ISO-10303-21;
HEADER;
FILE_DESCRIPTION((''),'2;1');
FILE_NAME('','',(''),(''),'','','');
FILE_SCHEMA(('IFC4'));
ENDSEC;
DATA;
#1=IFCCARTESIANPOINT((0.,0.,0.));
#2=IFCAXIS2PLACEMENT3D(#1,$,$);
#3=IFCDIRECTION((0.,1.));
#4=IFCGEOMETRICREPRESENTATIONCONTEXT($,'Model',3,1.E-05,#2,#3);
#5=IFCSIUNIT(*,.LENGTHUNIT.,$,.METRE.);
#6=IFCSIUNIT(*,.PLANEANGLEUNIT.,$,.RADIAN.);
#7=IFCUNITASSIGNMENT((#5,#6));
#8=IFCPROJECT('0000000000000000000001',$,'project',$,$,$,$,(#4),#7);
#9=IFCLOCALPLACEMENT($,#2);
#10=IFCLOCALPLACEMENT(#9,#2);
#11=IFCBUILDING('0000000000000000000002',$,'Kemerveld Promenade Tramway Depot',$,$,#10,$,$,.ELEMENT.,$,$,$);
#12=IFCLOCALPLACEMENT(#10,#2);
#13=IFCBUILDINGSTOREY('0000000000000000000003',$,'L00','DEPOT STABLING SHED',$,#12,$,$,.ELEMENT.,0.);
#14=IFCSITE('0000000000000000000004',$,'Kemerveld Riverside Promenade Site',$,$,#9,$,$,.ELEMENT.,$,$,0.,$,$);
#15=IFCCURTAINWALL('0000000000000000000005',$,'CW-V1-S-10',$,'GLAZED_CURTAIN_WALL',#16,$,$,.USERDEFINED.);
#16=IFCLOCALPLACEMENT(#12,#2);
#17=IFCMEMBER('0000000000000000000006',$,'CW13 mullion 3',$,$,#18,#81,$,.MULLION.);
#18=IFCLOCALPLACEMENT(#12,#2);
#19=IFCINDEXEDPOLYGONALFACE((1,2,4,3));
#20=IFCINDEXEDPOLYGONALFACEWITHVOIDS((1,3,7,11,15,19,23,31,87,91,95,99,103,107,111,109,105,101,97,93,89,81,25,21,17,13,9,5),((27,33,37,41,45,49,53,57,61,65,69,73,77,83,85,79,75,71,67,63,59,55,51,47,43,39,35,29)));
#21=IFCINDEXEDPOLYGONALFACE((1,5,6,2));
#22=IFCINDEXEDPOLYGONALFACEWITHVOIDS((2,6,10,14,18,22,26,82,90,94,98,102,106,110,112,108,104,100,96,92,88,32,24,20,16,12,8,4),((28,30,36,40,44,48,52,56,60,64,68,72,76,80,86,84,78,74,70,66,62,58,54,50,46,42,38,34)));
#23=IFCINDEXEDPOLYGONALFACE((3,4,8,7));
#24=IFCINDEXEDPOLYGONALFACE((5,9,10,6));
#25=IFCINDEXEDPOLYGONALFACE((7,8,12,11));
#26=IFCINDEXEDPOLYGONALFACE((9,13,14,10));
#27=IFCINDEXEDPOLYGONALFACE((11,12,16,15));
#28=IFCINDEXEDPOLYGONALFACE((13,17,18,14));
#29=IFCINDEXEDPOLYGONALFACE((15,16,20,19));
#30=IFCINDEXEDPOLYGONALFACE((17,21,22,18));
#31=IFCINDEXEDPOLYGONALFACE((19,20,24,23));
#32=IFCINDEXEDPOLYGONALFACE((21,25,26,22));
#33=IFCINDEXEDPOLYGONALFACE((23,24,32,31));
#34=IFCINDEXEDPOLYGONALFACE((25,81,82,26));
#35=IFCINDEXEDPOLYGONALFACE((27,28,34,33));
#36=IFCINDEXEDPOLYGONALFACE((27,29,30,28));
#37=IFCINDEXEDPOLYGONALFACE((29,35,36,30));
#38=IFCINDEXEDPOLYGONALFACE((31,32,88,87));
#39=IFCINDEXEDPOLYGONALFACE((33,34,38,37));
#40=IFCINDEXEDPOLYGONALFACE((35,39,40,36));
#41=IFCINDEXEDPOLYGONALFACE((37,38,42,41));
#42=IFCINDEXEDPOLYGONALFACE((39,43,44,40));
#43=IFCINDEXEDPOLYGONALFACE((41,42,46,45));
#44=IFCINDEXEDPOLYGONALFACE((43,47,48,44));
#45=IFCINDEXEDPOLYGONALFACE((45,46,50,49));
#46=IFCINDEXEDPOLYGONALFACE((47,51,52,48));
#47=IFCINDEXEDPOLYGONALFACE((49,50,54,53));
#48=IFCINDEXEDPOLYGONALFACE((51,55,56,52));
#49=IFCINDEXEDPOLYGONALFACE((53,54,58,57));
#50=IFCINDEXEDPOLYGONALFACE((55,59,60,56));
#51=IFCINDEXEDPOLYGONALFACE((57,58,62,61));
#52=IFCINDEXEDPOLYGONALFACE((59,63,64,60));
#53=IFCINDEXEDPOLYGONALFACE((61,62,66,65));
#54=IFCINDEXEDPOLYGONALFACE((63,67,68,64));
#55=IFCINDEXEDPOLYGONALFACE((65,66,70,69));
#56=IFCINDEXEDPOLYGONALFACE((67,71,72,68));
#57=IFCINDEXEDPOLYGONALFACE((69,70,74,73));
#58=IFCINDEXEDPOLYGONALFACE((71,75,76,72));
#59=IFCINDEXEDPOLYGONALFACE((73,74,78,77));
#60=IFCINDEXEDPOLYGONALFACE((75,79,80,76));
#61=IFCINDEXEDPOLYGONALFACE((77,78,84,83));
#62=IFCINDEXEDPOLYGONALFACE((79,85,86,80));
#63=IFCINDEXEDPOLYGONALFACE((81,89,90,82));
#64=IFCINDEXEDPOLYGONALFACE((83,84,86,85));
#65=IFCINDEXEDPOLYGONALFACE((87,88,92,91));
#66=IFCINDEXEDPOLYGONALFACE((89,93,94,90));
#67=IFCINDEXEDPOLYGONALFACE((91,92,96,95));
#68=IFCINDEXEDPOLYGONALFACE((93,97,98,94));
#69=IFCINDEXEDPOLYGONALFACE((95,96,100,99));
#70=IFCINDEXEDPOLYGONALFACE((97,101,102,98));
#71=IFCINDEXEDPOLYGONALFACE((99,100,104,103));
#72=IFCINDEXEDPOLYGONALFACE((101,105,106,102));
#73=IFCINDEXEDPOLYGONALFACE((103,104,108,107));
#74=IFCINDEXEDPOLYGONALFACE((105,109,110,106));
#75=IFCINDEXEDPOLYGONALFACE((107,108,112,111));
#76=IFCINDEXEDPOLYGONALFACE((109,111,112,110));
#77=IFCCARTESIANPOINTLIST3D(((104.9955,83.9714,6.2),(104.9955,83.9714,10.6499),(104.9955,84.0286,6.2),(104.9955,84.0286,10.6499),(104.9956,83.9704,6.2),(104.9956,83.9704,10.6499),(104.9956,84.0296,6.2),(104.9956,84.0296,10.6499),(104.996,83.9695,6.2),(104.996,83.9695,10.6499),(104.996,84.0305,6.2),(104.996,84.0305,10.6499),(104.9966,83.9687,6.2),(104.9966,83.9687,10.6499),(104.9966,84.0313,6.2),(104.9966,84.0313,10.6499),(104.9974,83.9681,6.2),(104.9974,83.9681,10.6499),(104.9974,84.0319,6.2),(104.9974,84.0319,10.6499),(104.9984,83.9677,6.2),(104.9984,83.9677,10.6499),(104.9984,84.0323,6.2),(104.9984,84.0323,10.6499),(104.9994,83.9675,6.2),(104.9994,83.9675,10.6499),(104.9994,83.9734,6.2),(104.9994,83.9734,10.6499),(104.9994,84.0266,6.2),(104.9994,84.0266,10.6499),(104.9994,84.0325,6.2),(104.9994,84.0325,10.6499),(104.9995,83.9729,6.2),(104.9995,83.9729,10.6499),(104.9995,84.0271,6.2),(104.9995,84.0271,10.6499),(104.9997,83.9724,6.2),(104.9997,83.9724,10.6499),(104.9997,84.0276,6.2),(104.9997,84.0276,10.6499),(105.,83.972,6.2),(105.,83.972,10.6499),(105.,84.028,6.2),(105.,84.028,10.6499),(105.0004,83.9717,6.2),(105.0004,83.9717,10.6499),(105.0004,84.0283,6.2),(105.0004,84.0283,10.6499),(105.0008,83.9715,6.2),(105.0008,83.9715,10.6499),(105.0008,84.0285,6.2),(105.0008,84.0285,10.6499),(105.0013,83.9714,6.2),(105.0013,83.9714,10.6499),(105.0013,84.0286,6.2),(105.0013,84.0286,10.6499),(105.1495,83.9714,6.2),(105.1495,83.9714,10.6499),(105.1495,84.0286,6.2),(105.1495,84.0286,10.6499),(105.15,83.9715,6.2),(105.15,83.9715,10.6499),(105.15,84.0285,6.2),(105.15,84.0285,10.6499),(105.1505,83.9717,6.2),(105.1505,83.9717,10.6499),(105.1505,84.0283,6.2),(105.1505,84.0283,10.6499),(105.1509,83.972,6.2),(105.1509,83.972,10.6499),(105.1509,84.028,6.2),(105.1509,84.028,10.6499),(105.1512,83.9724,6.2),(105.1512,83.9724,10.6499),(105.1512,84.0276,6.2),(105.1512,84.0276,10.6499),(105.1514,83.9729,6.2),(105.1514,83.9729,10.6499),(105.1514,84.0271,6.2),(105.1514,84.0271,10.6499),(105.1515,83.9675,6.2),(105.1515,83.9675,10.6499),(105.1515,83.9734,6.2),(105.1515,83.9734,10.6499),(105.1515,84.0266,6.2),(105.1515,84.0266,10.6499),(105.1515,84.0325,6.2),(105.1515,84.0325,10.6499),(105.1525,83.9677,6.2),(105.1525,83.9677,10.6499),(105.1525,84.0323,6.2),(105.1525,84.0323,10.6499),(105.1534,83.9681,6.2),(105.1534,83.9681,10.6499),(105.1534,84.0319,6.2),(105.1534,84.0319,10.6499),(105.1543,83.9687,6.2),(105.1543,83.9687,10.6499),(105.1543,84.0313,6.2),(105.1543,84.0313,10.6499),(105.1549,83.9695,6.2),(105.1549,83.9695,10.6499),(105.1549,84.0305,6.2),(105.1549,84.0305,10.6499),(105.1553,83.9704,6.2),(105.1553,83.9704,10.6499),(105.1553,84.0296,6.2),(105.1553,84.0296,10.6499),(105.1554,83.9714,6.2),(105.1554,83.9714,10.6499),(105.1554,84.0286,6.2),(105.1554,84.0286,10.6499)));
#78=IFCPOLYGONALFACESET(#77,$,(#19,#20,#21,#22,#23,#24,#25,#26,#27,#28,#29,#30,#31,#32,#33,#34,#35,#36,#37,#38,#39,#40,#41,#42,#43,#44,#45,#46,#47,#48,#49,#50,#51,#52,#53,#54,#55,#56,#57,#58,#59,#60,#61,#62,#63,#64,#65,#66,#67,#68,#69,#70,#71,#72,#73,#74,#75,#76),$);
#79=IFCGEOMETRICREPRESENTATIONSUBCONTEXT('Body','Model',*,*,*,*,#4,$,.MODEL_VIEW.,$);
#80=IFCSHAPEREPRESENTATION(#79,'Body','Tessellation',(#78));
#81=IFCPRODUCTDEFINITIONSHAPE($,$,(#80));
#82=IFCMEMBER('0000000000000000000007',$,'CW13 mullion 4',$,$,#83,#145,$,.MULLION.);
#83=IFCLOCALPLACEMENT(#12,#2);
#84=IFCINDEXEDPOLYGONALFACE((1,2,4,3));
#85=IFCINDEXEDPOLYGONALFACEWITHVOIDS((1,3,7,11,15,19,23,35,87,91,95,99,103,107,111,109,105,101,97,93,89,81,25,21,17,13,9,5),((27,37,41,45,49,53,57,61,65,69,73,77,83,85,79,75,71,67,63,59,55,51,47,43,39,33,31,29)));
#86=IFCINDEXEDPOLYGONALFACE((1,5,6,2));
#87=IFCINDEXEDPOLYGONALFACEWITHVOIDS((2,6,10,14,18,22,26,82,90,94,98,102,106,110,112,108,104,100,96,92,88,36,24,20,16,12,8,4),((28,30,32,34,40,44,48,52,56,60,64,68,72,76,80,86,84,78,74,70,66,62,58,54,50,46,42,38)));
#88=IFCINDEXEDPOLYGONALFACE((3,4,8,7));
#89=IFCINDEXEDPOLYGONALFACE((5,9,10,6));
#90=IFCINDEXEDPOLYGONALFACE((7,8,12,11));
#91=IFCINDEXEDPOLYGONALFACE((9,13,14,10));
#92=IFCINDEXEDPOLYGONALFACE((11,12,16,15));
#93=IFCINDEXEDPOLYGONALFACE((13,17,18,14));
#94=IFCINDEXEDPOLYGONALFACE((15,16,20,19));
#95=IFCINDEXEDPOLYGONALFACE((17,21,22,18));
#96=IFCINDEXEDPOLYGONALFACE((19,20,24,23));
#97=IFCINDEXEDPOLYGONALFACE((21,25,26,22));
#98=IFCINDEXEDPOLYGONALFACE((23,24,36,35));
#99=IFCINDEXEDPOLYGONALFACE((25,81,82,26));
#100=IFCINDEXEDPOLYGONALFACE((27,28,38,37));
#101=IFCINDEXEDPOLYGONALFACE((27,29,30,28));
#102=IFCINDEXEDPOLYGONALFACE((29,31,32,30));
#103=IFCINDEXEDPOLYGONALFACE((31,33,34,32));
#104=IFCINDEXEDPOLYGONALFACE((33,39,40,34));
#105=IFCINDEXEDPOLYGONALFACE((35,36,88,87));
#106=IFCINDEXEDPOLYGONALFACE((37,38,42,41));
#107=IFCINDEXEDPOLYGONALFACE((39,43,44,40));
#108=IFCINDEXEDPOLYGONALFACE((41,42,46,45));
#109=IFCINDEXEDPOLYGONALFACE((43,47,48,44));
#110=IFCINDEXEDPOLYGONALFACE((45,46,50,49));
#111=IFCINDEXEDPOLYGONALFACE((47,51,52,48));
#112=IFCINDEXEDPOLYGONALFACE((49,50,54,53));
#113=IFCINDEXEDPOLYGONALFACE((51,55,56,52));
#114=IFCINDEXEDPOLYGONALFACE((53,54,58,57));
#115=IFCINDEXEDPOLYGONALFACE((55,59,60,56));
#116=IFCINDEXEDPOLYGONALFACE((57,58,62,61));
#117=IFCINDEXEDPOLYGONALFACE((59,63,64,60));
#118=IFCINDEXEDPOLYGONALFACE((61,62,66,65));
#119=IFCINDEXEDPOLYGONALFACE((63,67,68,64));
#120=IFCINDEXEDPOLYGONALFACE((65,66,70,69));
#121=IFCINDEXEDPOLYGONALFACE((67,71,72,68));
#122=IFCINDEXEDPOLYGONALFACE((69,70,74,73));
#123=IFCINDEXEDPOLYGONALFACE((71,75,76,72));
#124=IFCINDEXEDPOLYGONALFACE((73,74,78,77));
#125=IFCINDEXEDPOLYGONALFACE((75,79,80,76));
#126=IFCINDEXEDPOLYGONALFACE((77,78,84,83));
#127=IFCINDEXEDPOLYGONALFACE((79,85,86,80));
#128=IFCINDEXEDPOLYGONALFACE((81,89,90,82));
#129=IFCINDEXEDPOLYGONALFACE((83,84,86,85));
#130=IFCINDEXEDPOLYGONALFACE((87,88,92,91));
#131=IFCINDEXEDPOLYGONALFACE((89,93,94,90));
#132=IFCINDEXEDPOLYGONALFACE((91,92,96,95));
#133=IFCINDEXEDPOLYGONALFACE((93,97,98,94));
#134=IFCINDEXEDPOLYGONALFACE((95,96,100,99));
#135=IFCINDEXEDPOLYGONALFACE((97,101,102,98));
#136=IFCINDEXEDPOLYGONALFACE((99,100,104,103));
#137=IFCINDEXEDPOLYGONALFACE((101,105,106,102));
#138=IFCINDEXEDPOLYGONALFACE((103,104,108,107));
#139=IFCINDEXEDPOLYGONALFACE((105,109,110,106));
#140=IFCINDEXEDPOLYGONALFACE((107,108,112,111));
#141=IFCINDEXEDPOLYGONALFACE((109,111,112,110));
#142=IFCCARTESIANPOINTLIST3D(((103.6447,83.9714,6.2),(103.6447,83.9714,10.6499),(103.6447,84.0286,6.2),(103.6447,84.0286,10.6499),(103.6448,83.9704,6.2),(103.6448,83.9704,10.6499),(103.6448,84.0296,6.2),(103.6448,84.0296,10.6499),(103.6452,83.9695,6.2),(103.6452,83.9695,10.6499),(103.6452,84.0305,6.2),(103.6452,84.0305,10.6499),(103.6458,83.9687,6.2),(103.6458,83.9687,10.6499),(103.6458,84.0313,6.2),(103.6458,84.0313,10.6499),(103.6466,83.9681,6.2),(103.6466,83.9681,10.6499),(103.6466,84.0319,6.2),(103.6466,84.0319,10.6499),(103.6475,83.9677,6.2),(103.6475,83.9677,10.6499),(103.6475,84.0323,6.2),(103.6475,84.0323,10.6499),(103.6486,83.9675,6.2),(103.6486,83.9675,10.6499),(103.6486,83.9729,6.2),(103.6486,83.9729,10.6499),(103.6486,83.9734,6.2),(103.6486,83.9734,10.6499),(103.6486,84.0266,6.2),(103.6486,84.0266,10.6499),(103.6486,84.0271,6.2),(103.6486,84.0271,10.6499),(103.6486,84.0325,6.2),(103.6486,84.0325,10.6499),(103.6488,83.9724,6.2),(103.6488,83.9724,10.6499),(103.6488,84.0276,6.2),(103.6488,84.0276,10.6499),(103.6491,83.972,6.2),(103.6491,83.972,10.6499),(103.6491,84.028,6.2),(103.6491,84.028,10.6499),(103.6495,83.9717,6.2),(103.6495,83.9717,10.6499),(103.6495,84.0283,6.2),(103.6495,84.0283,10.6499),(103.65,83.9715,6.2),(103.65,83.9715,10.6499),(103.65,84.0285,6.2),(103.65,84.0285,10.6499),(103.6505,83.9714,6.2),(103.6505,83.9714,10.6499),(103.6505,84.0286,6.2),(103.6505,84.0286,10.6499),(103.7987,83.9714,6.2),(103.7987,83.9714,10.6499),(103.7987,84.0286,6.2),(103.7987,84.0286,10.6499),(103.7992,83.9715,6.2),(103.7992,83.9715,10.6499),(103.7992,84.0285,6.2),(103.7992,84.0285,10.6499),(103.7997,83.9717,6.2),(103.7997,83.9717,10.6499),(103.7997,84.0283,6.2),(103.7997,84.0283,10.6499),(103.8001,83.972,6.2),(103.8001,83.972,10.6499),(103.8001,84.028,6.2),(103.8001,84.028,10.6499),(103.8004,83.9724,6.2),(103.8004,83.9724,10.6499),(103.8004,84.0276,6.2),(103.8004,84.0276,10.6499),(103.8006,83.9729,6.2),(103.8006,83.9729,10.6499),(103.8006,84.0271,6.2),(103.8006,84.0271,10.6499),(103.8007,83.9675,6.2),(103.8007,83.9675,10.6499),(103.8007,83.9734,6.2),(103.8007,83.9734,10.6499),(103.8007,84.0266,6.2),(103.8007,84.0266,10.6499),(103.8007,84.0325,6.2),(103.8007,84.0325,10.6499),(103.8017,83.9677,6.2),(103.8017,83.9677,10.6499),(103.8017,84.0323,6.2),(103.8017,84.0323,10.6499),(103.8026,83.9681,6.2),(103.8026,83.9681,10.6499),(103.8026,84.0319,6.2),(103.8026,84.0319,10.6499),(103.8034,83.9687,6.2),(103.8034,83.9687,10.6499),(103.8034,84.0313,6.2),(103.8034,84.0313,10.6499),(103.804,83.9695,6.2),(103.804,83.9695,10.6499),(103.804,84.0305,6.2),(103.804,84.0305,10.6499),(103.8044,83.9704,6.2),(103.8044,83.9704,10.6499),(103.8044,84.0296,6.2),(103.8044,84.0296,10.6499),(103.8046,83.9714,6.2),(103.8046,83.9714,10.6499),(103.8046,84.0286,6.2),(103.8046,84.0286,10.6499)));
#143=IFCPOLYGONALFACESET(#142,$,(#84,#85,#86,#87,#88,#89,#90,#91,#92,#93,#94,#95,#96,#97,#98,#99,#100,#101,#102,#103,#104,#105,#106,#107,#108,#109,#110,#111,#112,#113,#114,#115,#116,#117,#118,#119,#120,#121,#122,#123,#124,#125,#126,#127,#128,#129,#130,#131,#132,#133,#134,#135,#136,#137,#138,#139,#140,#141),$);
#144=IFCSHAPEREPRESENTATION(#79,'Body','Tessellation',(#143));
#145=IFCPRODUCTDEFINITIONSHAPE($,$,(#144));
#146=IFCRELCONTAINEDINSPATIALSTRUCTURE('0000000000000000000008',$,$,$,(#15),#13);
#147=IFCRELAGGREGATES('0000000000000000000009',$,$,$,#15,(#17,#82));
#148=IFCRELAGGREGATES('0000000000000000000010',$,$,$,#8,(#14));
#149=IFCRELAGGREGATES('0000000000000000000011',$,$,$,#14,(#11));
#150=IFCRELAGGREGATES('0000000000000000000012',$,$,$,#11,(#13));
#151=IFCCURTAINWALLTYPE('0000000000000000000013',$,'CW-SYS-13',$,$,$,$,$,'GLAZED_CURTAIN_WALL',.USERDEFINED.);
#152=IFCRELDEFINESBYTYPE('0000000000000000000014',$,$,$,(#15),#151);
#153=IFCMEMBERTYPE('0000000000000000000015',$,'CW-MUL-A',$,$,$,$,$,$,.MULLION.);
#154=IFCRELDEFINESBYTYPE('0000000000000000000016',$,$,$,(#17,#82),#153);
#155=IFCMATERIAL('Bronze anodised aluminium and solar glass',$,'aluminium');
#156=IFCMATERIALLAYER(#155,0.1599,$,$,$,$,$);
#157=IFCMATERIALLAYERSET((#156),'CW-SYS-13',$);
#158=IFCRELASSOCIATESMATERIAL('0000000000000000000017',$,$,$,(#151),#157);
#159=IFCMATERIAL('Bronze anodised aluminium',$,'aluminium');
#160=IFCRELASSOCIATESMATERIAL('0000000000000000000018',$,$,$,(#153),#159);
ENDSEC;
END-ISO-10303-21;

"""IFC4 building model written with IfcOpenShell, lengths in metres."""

from ifc_helpers import new_model, si_unit, direction, frame, origin, origin_2d, place, context, subcontext, project, spatial, hollow_rectangle, extrude, material, layer, layer_set, material_profile, profile_set, type_object, element, aggregate, save


model = new_model("IFC4")

# Units and contexts
model_context = context("Model", 3, precision=1e-05, world=origin(), true_north=direction((0.0, 1.0)))
body_context = subcontext(model_context, "Body", "Model", "MODEL_VIEW")
ifc_project = project(units=[si_unit("LENGTHUNIT", "METRE"), si_unit("PLANEANGLEUNIT", "RADIAN")], contexts=[model_context])

# Site, building, storey
site_placement = place(None, origin())
site = spatial("IfcSite", under=ifc_project, at=site_placement, Name="Kemerveld Riverside Promenade Site", CompositionType="ELEMENT", RefElevation=0.0)
building_placement = place(site_placement, origin())
building = spatial("IfcBuilding", under=site, at=building_placement, Name="Kemerveld Promenade Tramway Depot", CompositionType="ELEMENT")
storey_placement = place(building_placement, origin())
storey = spatial("IfcBuildingStorey", under=building, at=storey_placement, Name="L00", Description="DEPOT STABLING SHED", CompositionType="ELEMENT", Elevation=0.0)

# Curtain wall, members
ifc_material_1 = material(Name="Bronze anodised aluminium and solar glass", Category="aluminium")
ifc_layer_1 = layer(ifc_material_1, 0.1599)
ifc_layer_set_1 = layer_set([ifc_layer_1], Name="CW-SYS-13")
curtain_wall_type_1 = type_object("IfcCurtainWallType", Name="CW-SYS-13", ElementType="GLAZED_CURTAIN_WALL", PredefinedType="USERDEFINED", material=ifc_layer_set_1)
curtain_wall_1_placement = place(storey_placement, origin())
curtain_wall_1 = element("IfcCurtainWall", 1, at=curtain_wall_1_placement, inside=storey, type_object=curtain_wall_type_1, Name="CW-V1-S-10", ObjectType="GLAZED_CURTAIN_WALL", PredefinedType="USERDEFINED")
ifc_material_2 = material(Name="Bronze anodised aluminium", Category="aluminium")
ifc_material_profile_1 = material_profile(ifc_material_2, hollow_rectangle(XDim=0.0649, YDim=0.1599, WallThickness=0.0039, InnerFilletRadius=0.002, OuterFilletRadius=0.0039, at=origin_2d()), Name="CW-MUL-160x65")
ifc_profile_set_1 = profile_set([ifc_material_profile_1], Name="Bronze anodised aluminium")
member_type_1 = type_object("IfcMemberType", Name="CW-MUL-A", PredefinedType="MULLION", material=ifc_profile_set_1)
member_1_placement = place(storey_placement, frame((105.0754, 84.0, 6.2), z_axis=(0.0, 0.0, 1.0), x_axis=(0.0, -1.0, 0.0)))
member_1 = element("IfcMember", 2, at=member_1_placement, type_object=member_type_1, Name="CW13 mullion 3", PredefinedType="MULLION", context=body_context, shape_type="SweptSolid", body=[
    extrude(hollow_rectangle(XDim=0.0649, YDim=0.1599, WallThickness=0.0039, InnerFilletRadius=0.002, OuterFilletRadius=0.0039, at=origin_2d()), origin(), (0.0, 0.0, 1.0), 4.45),
])
member_2_placement = place(storey_placement, frame((103.7246, 84.0, 6.2), z_axis=(0.0, 0.0, 1.0), x_axis=(0.0, -1.0, 0.0)))
member_2 = element("IfcMember", 3, at=member_2_placement, type_object=member_type_1, Name="CW13 mullion 4", PredefinedType="MULLION", context=body_context, shape_type="SweptSolid", body=[
    extrude(hollow_rectangle(XDim=0.0649, YDim=0.1599, WallThickness=0.0039, InnerFilletRadius=0.002, OuterFilletRadius=0.0039, at=origin_2d()), origin(), (0.0, 0.0, 1.0), 4.45),
])

aggregate(curtain_wall_1, [member_1, member_2])

save(model, "model.ifc")
